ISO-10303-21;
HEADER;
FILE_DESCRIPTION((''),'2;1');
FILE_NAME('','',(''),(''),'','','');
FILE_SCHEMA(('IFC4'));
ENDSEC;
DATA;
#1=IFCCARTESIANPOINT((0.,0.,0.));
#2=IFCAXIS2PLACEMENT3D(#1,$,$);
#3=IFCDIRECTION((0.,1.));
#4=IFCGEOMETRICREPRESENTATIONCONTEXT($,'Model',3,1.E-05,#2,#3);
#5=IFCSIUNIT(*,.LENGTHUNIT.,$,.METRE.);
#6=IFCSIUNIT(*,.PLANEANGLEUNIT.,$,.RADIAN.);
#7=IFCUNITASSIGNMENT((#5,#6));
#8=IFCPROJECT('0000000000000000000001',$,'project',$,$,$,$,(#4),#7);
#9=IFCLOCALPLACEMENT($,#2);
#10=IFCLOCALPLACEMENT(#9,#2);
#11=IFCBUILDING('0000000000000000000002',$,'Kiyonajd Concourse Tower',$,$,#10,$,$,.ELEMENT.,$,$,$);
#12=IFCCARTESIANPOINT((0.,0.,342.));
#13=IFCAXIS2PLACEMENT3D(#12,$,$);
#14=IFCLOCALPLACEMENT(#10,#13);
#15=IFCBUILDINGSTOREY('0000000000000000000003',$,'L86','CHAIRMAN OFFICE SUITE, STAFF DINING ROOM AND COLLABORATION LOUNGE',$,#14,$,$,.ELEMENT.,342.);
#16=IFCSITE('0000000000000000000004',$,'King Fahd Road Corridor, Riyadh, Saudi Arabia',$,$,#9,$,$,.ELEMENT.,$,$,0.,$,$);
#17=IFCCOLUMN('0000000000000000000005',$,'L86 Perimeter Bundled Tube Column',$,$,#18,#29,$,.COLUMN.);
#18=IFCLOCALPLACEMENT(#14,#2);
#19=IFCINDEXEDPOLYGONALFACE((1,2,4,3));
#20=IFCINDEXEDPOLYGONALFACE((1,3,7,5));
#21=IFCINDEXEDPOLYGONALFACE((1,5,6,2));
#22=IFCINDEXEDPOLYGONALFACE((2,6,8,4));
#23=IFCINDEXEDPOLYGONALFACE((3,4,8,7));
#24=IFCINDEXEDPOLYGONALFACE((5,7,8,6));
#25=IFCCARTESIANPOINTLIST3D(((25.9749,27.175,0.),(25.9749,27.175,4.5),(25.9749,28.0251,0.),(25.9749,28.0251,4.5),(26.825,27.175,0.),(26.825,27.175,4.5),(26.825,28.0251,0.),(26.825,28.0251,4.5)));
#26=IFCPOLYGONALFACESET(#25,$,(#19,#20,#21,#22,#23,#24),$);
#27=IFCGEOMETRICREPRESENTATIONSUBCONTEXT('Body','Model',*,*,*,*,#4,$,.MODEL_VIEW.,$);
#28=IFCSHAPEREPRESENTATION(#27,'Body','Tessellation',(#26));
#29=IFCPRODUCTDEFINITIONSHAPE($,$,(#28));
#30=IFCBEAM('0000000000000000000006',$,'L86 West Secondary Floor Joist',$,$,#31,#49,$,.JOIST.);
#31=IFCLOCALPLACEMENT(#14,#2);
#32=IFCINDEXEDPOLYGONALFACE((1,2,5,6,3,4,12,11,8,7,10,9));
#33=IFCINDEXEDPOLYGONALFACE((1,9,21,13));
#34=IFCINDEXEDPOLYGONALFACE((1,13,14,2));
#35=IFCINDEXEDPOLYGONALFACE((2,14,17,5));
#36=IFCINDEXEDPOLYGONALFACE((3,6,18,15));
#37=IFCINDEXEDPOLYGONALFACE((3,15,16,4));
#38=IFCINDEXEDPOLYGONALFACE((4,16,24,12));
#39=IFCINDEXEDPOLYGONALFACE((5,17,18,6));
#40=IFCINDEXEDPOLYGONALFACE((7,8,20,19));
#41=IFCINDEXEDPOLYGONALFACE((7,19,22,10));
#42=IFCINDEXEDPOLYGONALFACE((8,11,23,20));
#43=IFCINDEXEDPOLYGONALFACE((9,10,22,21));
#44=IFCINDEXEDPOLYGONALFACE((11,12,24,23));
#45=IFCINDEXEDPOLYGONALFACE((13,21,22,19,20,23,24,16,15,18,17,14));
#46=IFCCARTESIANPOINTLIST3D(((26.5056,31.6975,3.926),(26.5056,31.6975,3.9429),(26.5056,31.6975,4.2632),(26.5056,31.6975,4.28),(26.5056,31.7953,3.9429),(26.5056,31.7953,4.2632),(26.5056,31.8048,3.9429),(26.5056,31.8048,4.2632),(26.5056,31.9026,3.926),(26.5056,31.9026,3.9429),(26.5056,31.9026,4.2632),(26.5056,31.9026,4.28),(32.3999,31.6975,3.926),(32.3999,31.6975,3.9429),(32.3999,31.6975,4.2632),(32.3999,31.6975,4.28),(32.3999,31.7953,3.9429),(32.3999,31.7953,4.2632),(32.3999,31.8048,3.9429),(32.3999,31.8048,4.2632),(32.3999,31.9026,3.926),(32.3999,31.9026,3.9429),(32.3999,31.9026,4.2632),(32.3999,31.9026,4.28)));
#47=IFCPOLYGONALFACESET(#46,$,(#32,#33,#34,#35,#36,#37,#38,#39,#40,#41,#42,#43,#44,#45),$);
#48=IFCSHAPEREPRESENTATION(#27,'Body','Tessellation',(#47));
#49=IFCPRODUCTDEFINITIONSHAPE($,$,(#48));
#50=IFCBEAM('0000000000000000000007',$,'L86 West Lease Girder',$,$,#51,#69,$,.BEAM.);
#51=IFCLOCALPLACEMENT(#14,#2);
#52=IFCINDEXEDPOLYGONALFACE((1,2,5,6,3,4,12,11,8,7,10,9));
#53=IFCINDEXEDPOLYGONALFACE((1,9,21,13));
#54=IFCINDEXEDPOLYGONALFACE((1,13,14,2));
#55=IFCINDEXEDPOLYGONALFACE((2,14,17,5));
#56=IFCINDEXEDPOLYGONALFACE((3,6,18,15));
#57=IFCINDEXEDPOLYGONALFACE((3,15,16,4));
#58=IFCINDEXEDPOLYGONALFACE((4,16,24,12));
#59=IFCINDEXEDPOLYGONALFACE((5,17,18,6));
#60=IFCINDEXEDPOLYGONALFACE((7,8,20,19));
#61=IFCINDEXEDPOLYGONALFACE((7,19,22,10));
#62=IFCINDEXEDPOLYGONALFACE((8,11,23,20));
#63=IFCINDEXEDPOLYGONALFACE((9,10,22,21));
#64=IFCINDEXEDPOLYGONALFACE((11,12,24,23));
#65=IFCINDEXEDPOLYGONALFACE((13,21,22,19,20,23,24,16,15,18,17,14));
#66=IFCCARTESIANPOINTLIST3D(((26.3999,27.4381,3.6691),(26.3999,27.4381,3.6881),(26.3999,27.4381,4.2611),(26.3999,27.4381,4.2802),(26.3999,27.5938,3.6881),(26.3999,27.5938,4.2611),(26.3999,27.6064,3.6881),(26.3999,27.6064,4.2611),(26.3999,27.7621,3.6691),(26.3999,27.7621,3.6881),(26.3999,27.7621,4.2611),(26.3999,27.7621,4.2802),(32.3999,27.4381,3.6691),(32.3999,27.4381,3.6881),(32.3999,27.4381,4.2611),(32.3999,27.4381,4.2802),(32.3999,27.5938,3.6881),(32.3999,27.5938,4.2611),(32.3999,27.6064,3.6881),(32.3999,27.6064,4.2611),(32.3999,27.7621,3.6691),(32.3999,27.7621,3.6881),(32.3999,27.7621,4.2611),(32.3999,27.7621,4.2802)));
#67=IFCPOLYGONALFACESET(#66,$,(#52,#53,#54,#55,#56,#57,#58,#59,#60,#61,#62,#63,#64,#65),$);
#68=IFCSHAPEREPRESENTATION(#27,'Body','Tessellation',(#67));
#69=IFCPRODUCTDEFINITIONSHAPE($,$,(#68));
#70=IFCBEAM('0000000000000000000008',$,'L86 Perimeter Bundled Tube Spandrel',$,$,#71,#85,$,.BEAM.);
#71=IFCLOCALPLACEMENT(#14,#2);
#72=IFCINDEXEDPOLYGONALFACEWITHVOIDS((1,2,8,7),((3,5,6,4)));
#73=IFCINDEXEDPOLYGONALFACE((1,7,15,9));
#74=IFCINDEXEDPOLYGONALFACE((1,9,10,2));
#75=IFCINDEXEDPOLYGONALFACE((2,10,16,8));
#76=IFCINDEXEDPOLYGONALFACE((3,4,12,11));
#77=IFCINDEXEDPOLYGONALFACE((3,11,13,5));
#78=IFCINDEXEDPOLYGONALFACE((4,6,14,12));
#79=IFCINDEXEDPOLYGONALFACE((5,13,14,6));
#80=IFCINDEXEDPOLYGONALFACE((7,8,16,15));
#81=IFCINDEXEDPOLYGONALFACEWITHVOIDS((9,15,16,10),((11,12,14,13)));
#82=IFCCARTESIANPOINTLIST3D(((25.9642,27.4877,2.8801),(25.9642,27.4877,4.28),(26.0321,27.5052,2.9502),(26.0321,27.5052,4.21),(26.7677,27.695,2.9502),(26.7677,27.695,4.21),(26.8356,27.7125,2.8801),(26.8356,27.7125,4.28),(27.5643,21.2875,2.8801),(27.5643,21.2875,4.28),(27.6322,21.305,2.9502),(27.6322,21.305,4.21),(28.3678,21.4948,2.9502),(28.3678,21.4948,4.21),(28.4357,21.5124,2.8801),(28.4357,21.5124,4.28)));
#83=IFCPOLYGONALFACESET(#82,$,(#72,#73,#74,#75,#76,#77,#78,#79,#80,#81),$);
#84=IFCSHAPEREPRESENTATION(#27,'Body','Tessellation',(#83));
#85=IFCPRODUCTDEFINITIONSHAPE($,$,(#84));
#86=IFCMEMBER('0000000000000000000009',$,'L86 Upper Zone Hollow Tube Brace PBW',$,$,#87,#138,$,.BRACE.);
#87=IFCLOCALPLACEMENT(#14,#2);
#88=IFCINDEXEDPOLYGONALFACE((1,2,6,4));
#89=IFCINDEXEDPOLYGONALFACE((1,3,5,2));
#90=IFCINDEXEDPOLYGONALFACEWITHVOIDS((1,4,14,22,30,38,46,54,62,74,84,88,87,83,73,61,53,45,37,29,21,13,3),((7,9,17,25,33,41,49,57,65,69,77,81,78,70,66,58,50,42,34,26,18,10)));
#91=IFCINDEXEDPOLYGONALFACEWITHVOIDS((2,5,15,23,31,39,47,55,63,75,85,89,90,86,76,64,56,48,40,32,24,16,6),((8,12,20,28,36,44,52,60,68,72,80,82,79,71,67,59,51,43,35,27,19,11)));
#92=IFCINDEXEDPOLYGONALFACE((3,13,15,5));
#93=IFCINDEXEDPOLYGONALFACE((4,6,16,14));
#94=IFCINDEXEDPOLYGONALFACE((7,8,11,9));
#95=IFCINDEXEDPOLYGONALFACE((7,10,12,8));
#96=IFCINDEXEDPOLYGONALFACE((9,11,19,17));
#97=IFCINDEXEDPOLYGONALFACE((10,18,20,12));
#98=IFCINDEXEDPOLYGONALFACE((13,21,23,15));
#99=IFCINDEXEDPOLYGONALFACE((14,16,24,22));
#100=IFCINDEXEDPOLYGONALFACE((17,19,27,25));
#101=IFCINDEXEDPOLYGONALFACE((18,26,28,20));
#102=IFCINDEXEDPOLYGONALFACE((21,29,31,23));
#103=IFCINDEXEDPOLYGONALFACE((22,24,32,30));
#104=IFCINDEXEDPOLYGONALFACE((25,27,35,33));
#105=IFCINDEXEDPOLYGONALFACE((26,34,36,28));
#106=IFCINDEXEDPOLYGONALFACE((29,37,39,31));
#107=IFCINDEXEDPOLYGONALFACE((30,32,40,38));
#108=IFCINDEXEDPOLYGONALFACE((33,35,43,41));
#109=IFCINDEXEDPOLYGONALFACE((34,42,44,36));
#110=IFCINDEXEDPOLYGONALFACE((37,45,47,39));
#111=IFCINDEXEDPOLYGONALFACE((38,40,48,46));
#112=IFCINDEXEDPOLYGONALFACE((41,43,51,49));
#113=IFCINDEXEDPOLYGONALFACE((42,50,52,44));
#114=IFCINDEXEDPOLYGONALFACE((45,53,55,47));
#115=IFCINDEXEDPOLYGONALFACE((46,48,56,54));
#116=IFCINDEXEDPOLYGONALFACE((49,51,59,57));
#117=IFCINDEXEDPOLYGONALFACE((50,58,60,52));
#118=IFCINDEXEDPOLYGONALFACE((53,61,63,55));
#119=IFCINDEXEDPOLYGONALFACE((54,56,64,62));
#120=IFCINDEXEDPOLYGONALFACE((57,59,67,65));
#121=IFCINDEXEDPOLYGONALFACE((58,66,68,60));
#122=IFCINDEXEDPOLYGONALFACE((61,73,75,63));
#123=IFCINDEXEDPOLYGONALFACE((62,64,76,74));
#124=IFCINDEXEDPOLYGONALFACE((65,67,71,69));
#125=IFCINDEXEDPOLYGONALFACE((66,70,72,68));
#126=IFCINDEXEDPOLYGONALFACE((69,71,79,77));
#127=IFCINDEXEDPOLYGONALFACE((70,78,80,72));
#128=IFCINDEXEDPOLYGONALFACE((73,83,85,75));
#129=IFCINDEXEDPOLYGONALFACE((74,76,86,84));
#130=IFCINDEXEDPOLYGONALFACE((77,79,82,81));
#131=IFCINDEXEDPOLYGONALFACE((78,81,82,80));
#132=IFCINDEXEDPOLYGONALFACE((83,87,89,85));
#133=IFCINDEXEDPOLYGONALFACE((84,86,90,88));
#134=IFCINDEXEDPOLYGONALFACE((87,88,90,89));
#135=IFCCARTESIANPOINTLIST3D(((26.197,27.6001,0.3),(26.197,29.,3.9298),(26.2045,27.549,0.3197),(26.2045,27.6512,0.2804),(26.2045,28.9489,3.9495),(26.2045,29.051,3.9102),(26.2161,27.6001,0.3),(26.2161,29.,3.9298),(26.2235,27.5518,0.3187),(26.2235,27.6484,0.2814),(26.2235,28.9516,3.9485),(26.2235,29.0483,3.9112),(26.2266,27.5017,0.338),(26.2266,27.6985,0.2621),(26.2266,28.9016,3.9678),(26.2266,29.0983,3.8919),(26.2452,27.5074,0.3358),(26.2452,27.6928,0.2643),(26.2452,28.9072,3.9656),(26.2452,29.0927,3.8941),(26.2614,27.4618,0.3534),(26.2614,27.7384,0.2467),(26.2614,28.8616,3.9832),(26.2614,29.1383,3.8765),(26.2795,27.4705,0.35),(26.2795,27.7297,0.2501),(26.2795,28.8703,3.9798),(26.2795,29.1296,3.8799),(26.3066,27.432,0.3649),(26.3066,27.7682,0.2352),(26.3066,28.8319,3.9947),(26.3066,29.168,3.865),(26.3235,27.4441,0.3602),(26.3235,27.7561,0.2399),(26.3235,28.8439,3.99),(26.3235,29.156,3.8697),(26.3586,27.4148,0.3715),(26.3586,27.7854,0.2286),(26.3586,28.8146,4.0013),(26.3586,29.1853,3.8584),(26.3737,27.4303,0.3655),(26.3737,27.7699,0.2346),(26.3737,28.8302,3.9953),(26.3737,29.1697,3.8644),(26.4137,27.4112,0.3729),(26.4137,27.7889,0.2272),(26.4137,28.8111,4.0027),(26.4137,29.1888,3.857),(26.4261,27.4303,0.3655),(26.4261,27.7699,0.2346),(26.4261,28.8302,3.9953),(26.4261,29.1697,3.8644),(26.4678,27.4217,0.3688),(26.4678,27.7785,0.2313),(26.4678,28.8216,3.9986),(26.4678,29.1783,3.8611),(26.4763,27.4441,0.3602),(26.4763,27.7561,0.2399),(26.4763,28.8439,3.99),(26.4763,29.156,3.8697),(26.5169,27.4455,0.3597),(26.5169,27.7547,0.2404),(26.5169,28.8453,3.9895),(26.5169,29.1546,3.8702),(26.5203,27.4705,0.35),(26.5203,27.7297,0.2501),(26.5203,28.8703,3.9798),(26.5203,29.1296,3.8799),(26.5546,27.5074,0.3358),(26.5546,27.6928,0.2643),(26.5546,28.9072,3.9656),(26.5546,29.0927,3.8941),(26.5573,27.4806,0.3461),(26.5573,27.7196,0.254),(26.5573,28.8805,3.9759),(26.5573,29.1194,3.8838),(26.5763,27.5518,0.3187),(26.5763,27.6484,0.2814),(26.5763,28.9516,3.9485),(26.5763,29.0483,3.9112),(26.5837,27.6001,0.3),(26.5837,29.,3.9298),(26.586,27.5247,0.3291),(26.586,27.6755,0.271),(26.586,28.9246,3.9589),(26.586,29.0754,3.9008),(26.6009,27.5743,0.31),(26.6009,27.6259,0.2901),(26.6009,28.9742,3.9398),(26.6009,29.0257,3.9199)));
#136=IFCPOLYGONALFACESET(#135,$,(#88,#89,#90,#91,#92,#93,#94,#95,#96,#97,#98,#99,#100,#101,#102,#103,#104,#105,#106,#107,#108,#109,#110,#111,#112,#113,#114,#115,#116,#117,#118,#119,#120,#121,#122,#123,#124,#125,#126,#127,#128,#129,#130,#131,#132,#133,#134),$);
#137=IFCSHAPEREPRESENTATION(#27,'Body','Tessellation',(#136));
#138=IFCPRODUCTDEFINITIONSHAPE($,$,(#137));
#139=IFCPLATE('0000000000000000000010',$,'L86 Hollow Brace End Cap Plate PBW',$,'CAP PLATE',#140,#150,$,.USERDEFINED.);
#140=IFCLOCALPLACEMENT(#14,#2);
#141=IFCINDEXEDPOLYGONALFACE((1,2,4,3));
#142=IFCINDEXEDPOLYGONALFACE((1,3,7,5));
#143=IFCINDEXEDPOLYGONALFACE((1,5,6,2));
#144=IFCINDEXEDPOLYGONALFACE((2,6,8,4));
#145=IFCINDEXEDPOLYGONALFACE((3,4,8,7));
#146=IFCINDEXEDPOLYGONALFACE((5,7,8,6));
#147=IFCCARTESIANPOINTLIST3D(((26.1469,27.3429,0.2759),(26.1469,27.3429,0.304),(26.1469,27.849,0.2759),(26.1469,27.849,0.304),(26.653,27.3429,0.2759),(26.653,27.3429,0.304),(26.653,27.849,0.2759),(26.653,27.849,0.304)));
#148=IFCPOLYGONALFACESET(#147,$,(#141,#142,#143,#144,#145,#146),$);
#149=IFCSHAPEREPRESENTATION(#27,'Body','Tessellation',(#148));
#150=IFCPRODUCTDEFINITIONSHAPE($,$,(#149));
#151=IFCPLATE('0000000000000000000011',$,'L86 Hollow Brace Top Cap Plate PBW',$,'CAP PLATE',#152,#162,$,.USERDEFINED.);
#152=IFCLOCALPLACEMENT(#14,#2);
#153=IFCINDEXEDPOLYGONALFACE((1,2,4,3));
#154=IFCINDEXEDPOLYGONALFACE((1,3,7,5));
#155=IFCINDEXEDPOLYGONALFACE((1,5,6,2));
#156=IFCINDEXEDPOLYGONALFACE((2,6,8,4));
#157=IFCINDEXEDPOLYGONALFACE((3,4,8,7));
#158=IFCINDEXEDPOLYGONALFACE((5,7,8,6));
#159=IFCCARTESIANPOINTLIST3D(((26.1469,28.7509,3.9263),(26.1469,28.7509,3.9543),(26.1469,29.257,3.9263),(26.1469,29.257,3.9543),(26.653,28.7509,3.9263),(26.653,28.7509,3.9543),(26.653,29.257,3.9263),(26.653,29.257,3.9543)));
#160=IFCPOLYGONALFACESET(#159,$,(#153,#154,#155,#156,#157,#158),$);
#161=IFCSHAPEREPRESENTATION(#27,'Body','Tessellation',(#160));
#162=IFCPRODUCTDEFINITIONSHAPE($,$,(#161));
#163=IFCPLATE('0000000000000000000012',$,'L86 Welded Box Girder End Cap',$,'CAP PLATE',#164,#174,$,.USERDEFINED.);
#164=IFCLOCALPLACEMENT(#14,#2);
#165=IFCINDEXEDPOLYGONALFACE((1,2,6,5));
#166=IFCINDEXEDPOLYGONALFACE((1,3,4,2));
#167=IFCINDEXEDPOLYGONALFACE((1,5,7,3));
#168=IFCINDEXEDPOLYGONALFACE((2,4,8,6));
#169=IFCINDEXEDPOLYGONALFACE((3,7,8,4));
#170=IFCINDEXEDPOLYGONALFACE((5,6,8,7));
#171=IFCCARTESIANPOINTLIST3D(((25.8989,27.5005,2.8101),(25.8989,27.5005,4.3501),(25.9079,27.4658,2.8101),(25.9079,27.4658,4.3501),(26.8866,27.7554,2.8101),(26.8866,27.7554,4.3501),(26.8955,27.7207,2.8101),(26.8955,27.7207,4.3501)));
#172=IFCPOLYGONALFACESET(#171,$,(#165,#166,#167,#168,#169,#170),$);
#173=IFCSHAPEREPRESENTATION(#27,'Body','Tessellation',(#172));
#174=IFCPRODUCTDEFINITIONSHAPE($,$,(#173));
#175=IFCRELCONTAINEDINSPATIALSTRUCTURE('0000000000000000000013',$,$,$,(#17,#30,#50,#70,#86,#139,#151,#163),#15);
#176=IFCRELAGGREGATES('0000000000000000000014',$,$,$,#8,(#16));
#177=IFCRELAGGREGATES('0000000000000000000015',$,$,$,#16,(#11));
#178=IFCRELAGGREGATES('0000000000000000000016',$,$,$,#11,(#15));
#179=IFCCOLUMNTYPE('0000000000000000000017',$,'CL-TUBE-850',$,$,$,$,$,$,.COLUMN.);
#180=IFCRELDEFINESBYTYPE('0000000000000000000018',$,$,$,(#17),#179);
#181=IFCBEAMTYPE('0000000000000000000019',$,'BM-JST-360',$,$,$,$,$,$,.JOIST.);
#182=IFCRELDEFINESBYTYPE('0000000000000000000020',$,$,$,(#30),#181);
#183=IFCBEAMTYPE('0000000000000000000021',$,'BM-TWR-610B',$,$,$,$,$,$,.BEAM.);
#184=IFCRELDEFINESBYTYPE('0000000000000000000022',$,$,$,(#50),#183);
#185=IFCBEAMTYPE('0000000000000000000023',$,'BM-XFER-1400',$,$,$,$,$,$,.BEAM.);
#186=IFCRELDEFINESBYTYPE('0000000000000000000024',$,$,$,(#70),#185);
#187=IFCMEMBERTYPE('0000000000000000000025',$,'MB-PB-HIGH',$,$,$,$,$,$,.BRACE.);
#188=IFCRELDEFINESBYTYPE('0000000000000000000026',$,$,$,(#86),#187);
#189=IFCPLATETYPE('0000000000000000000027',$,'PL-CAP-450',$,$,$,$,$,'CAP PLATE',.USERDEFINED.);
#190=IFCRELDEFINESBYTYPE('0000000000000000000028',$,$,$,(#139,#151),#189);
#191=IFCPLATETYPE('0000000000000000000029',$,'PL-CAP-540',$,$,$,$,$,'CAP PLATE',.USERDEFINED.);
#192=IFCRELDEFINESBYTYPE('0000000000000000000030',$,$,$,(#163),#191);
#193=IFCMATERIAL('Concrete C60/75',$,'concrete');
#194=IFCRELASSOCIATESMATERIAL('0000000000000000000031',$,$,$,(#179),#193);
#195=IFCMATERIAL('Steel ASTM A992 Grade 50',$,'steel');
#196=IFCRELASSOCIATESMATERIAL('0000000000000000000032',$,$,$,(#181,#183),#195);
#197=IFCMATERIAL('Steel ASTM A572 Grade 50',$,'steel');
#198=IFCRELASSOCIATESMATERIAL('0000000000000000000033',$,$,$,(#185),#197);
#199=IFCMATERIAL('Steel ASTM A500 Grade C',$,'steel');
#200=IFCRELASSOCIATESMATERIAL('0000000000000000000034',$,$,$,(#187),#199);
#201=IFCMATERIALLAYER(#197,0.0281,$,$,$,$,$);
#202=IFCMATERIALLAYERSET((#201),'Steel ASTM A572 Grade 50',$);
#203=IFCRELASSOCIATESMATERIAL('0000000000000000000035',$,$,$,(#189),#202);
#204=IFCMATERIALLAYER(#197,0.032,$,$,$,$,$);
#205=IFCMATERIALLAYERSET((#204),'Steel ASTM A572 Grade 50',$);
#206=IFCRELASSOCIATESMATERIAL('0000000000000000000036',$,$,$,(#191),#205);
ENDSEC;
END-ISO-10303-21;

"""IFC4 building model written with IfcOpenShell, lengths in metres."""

from ifc_helpers import new_model, si_unit, direction, frame, origin, origin_2d, place, context, subcontext, project, spatial, rectangle, hollow_rectangle, hollow_circle, i_section, extrude, material, layer, layer_set, material_profile, profile_set, type_object, element, save


model = new_model("IFC4")

# Units and contexts
model_context = context("Model", 3, precision=1e-05, world=origin(), true_north=direction((0.0, 1.0)))
body_context = subcontext(model_context, "Body", "Model", "MODEL_VIEW")
ifc_project = project(units=[si_unit("LENGTHUNIT", "METRE"), si_unit("PLANEANGLEUNIT", "RADIAN")], contexts=[model_context])

# Site, building, storey
site_placement = place(None, origin())
site = spatial("IfcSite", under=ifc_project, at=site_placement, Name="King Fahd Road Corridor, Riyadh, Saudi Arabia", CompositionType="ELEMENT", RefElevation=0.0)
building_placement = place(site_placement, origin())
building = spatial("IfcBuilding", under=site, at=building_placement, Name="Kiyonajd Concourse Tower", CompositionType="ELEMENT")
storey_placement = place(building_placement, frame((0.0, 0.0, 342.0)))
storey = spatial("IfcBuildingStorey", under=building, at=storey_placement, Name="L86", Description="CHAIRMAN OFFICE SUITE, STAFF DINING ROOM AND COLLABORATION LOUNGE", CompositionType="ELEMENT", Elevation=342.0)

# Column
ifc_material_1 = material(Name="Concrete C60/75", Category="concrete")
ifc_material_profile_1 = material_profile(ifc_material_1, rectangle(XDim=0.8501, YDim=0.8501, at=origin_2d()), Name="RC-850x850")
ifc_profile_set_1 = profile_set([ifc_material_profile_1], Name="Concrete C60/75")
column_type = type_object("IfcColumnType", Name="CL-TUBE-850", PredefinedType="COLUMN", material=ifc_profile_set_1)
column_placement = place(storey_placement, frame((26.3999, 27.6001, 0.0), z_axis=(0.0, 0.0, 1.0), x_axis=(1.0, 0.0, 0.0)))
element("IfcColumn", 1, at=column_placement, inside=storey, type_object=column_type, Name="L86 Perimeter Bundled Tube Column", PredefinedType="COLUMN", context=body_context, shape_type="SweptSolid", body=[
    extrude(rectangle(XDim=0.8501, YDim=0.8501, at=origin_2d()), origin(), (0.0, 0.0, 1.0), 4.5),
])

# Beams
ifc_material_2 = material(Name="Steel ASTM A992 Grade 50", Category="steel")
ifc_material_profile_2 = material_profile(ifc_material_2, i_section(OverallWidth=0.2051, OverallDepth=0.354, WebThickness=0.0095, FlangeThickness=0.0168, at=origin_2d()), Name="W360X79")
ifc_profile_set_2 = profile_set([ifc_material_profile_2], Name="Steel ASTM A992 Grade 50")
beam_type_1 = type_object("IfcBeamType", Name="BM-JST-360", PredefinedType="JOIST", material=ifc_profile_set_2)
beam_1_placement = place(storey_placement, frame((26.5056, 31.8, 4.103), z_axis=(1.0, 0.0, 0.0), x_axis=(0.0, 1.0, 0.0)))
element("IfcBeam", 2, at=beam_1_placement, inside=storey, type_object=beam_type_1, Name="L86 West Secondary Floor Joist", PredefinedType="JOIST", context=body_context, shape_type="SweptSolid", body=[
    extrude(i_section(OverallWidth=0.2051, OverallDepth=0.354, WebThickness=0.0095, FlangeThickness=0.0168, at=origin_2d()), origin(), (0.0, 0.0, 1.0), 5.8943),
])
ifc_material_profile_3 = material_profile(ifc_material_2, i_section(OverallWidth=0.324, OverallDepth=0.6111, WebThickness=0.0127, FlangeThickness=0.019, at=origin_2d()), Name="W610X155")
ifc_profile_set_3 = profile_set([ifc_material_profile_3], Name="Steel ASTM A992 Grade 50")
beam_type_2 = type_object("IfcBeamType", Name="BM-TWR-610B", PredefinedType="BEAM", material=ifc_profile_set_3)
beam_2_placement = place(storey_placement, frame((26.3999, 27.6001, 3.9746), z_axis=(1.0, 0.0, 0.0), x_axis=(0.0, 1.0, 0.0)))
element("IfcBeam", 3, at=beam_2_placement, inside=storey, type_object=beam_type_2, Name="L86 West Lease Girder", PredefinedType="BEAM", context=body_context, shape_type="SweptSolid", body=[
    extrude(i_section(OverallWidth=0.324, OverallDepth=0.6111, WebThickness=0.0127, FlangeThickness=0.019, at=origin_2d()), origin(), (0.0, 0.0, 1.0), 6.0),
])
ifc_material_3 = material(Name="Steel ASTM A572 Grade 50", Category="steel")
ifc_material_profile_4 = material_profile(ifc_material_3, hollow_rectangle(XDim=0.8999, YDim=1.3999, WallThickness=0.0701, at=origin_2d()), Name="BOX-1400x900x70")
ifc_profile_set_4 = profile_set([ifc_material_profile_4], Name="Steel ASTM A572 Grade 50")
beam_type_3 = type_object("IfcBeamType", Name="BM-XFER-1400", PredefinedType="BEAM", material=ifc_profile_set_4)
beam_3_placement = place(storey_placement, frame((26.3999, 27.6001, 3.5801), z_axis=(0.249885, -0.968276, 0.0), x_axis=(0.968276, 0.249885, 0.0)))
element("IfcBeam", 4, at=beam_3_placement, inside=storey, type_object=beam_type_3, Name="L86 Perimeter Bundled Tube Spandrel", PredefinedType="BEAM", context=body_context, shape_type="SweptSolid", body=[
    extrude(hollow_rectangle(XDim=0.8999, YDim=1.3999, WallThickness=0.0701, at=origin_2d()), origin(), (0.0, 0.0, 1.0), 6.4033),
])

# Member
ifc_material_4 = material(Name="Steel ASTM A500 Grade C", Category="steel")
ifc_material_profile_5 = material_profile(ifc_material_4, hollow_circle(Radius=0.2029, WallThickness=0.019, at=origin_2d()), Name="CHS-406x19")
ifc_profile_set_5 = profile_set([ifc_material_profile_5], Name="Steel ASTM A500 Grade C")
member_type = type_object("IfcMemberType", Name="MB-PB-HIGH", PredefinedType="BRACE", material=ifc_profile_set_5)
member_placement = place(storey_placement, frame((26.3999, 27.6001, 0.3), z_axis=(0.0, 0.359828, 0.933019), x_axis=(-1.0, 0.0, 0.0)))
element("IfcMember", 5, at=member_placement, inside=storey, type_object=member_type, Name="L86 Upper Zone Hollow Tube Brace PBW", PredefinedType="BRACE", context=body_context, shape_type="SweptSolid", body=[
    extrude(hollow_circle(Radius=0.2029, WallThickness=0.019, at=origin_2d()), origin(), (0.0, 0.0, 1.0), 3.8904),
])

# Plates
ifc_layer_1 = layer(ifc_material_3, 0.0281)
ifc_layer_set_1 = layer_set([ifc_layer_1], Name="Steel ASTM A572 Grade 50")
plate_type_1 = type_object("IfcPlateType", Name="PL-CAP-450", ElementType="CAP PLATE", PredefinedType="USERDEFINED", material=ifc_layer_set_1)
for number, where, z_axis, x_axis, name in (
    (6, (26.3999, 27.5959, 0.2759), (0.0, 0.0, 1.0), (1.0, 0.0, 0.0), "L86 Hollow Brace End Cap Plate PBW"),
    (7, (26.3999, 29.0039, 3.9263), (0.0, 0.0, 1.0), (1.0, 0.0, 0.0), "L86 Hollow Brace Top Cap Plate PBW"),
):
    element("IfcPlate", number, at=place(storey_placement, frame(where, z_axis=z_axis, x_axis=x_axis)), inside=storey, type_object=plate_type_1, Name=name, ObjectType="CAP PLATE", PredefinedType="USERDEFINED", context=body_context, shape_type="SweptSolid", body=[
        extrude(rectangle(XDim=0.5061, YDim=0.5061, at=origin_2d()), origin(), (0.0, 0.0, 1.0), 0.0281),
    ])
ifc_layer_2 = layer(ifc_material_3, 0.032)
ifc_layer_set_2 = layer_set([ifc_layer_2], Name="Steel ASTM A572 Grade 50")
plate_type_2 = type_object("IfcPlateType", Name="PL-CAP-540", ElementType="CAP PLATE", PredefinedType="USERDEFINED", material=ifc_layer_set_2)
plate_placement = place(storey_placement, frame((26.3972, 27.6106, 2.8101), z_axis=(0.0, 0.0, 1.0), x_axis=(-0.249873, 0.968279, 0.0)))
element("IfcPlate", 8, at=plate_placement, inside=storey, type_object=plate_type_2, Name="L86 Welded Box Girder End Cap", ObjectType="CAP PLATE", PredefinedType="USERDEFINED", context=body_context, shape_type="SweptSolid", body=[
    extrude(rectangle(XDim=0.0359, YDim=1.02, at=origin_2d()), origin(), (0.0, 0.0, 1.0), 1.54),
])

save(model, "model.ifc")
